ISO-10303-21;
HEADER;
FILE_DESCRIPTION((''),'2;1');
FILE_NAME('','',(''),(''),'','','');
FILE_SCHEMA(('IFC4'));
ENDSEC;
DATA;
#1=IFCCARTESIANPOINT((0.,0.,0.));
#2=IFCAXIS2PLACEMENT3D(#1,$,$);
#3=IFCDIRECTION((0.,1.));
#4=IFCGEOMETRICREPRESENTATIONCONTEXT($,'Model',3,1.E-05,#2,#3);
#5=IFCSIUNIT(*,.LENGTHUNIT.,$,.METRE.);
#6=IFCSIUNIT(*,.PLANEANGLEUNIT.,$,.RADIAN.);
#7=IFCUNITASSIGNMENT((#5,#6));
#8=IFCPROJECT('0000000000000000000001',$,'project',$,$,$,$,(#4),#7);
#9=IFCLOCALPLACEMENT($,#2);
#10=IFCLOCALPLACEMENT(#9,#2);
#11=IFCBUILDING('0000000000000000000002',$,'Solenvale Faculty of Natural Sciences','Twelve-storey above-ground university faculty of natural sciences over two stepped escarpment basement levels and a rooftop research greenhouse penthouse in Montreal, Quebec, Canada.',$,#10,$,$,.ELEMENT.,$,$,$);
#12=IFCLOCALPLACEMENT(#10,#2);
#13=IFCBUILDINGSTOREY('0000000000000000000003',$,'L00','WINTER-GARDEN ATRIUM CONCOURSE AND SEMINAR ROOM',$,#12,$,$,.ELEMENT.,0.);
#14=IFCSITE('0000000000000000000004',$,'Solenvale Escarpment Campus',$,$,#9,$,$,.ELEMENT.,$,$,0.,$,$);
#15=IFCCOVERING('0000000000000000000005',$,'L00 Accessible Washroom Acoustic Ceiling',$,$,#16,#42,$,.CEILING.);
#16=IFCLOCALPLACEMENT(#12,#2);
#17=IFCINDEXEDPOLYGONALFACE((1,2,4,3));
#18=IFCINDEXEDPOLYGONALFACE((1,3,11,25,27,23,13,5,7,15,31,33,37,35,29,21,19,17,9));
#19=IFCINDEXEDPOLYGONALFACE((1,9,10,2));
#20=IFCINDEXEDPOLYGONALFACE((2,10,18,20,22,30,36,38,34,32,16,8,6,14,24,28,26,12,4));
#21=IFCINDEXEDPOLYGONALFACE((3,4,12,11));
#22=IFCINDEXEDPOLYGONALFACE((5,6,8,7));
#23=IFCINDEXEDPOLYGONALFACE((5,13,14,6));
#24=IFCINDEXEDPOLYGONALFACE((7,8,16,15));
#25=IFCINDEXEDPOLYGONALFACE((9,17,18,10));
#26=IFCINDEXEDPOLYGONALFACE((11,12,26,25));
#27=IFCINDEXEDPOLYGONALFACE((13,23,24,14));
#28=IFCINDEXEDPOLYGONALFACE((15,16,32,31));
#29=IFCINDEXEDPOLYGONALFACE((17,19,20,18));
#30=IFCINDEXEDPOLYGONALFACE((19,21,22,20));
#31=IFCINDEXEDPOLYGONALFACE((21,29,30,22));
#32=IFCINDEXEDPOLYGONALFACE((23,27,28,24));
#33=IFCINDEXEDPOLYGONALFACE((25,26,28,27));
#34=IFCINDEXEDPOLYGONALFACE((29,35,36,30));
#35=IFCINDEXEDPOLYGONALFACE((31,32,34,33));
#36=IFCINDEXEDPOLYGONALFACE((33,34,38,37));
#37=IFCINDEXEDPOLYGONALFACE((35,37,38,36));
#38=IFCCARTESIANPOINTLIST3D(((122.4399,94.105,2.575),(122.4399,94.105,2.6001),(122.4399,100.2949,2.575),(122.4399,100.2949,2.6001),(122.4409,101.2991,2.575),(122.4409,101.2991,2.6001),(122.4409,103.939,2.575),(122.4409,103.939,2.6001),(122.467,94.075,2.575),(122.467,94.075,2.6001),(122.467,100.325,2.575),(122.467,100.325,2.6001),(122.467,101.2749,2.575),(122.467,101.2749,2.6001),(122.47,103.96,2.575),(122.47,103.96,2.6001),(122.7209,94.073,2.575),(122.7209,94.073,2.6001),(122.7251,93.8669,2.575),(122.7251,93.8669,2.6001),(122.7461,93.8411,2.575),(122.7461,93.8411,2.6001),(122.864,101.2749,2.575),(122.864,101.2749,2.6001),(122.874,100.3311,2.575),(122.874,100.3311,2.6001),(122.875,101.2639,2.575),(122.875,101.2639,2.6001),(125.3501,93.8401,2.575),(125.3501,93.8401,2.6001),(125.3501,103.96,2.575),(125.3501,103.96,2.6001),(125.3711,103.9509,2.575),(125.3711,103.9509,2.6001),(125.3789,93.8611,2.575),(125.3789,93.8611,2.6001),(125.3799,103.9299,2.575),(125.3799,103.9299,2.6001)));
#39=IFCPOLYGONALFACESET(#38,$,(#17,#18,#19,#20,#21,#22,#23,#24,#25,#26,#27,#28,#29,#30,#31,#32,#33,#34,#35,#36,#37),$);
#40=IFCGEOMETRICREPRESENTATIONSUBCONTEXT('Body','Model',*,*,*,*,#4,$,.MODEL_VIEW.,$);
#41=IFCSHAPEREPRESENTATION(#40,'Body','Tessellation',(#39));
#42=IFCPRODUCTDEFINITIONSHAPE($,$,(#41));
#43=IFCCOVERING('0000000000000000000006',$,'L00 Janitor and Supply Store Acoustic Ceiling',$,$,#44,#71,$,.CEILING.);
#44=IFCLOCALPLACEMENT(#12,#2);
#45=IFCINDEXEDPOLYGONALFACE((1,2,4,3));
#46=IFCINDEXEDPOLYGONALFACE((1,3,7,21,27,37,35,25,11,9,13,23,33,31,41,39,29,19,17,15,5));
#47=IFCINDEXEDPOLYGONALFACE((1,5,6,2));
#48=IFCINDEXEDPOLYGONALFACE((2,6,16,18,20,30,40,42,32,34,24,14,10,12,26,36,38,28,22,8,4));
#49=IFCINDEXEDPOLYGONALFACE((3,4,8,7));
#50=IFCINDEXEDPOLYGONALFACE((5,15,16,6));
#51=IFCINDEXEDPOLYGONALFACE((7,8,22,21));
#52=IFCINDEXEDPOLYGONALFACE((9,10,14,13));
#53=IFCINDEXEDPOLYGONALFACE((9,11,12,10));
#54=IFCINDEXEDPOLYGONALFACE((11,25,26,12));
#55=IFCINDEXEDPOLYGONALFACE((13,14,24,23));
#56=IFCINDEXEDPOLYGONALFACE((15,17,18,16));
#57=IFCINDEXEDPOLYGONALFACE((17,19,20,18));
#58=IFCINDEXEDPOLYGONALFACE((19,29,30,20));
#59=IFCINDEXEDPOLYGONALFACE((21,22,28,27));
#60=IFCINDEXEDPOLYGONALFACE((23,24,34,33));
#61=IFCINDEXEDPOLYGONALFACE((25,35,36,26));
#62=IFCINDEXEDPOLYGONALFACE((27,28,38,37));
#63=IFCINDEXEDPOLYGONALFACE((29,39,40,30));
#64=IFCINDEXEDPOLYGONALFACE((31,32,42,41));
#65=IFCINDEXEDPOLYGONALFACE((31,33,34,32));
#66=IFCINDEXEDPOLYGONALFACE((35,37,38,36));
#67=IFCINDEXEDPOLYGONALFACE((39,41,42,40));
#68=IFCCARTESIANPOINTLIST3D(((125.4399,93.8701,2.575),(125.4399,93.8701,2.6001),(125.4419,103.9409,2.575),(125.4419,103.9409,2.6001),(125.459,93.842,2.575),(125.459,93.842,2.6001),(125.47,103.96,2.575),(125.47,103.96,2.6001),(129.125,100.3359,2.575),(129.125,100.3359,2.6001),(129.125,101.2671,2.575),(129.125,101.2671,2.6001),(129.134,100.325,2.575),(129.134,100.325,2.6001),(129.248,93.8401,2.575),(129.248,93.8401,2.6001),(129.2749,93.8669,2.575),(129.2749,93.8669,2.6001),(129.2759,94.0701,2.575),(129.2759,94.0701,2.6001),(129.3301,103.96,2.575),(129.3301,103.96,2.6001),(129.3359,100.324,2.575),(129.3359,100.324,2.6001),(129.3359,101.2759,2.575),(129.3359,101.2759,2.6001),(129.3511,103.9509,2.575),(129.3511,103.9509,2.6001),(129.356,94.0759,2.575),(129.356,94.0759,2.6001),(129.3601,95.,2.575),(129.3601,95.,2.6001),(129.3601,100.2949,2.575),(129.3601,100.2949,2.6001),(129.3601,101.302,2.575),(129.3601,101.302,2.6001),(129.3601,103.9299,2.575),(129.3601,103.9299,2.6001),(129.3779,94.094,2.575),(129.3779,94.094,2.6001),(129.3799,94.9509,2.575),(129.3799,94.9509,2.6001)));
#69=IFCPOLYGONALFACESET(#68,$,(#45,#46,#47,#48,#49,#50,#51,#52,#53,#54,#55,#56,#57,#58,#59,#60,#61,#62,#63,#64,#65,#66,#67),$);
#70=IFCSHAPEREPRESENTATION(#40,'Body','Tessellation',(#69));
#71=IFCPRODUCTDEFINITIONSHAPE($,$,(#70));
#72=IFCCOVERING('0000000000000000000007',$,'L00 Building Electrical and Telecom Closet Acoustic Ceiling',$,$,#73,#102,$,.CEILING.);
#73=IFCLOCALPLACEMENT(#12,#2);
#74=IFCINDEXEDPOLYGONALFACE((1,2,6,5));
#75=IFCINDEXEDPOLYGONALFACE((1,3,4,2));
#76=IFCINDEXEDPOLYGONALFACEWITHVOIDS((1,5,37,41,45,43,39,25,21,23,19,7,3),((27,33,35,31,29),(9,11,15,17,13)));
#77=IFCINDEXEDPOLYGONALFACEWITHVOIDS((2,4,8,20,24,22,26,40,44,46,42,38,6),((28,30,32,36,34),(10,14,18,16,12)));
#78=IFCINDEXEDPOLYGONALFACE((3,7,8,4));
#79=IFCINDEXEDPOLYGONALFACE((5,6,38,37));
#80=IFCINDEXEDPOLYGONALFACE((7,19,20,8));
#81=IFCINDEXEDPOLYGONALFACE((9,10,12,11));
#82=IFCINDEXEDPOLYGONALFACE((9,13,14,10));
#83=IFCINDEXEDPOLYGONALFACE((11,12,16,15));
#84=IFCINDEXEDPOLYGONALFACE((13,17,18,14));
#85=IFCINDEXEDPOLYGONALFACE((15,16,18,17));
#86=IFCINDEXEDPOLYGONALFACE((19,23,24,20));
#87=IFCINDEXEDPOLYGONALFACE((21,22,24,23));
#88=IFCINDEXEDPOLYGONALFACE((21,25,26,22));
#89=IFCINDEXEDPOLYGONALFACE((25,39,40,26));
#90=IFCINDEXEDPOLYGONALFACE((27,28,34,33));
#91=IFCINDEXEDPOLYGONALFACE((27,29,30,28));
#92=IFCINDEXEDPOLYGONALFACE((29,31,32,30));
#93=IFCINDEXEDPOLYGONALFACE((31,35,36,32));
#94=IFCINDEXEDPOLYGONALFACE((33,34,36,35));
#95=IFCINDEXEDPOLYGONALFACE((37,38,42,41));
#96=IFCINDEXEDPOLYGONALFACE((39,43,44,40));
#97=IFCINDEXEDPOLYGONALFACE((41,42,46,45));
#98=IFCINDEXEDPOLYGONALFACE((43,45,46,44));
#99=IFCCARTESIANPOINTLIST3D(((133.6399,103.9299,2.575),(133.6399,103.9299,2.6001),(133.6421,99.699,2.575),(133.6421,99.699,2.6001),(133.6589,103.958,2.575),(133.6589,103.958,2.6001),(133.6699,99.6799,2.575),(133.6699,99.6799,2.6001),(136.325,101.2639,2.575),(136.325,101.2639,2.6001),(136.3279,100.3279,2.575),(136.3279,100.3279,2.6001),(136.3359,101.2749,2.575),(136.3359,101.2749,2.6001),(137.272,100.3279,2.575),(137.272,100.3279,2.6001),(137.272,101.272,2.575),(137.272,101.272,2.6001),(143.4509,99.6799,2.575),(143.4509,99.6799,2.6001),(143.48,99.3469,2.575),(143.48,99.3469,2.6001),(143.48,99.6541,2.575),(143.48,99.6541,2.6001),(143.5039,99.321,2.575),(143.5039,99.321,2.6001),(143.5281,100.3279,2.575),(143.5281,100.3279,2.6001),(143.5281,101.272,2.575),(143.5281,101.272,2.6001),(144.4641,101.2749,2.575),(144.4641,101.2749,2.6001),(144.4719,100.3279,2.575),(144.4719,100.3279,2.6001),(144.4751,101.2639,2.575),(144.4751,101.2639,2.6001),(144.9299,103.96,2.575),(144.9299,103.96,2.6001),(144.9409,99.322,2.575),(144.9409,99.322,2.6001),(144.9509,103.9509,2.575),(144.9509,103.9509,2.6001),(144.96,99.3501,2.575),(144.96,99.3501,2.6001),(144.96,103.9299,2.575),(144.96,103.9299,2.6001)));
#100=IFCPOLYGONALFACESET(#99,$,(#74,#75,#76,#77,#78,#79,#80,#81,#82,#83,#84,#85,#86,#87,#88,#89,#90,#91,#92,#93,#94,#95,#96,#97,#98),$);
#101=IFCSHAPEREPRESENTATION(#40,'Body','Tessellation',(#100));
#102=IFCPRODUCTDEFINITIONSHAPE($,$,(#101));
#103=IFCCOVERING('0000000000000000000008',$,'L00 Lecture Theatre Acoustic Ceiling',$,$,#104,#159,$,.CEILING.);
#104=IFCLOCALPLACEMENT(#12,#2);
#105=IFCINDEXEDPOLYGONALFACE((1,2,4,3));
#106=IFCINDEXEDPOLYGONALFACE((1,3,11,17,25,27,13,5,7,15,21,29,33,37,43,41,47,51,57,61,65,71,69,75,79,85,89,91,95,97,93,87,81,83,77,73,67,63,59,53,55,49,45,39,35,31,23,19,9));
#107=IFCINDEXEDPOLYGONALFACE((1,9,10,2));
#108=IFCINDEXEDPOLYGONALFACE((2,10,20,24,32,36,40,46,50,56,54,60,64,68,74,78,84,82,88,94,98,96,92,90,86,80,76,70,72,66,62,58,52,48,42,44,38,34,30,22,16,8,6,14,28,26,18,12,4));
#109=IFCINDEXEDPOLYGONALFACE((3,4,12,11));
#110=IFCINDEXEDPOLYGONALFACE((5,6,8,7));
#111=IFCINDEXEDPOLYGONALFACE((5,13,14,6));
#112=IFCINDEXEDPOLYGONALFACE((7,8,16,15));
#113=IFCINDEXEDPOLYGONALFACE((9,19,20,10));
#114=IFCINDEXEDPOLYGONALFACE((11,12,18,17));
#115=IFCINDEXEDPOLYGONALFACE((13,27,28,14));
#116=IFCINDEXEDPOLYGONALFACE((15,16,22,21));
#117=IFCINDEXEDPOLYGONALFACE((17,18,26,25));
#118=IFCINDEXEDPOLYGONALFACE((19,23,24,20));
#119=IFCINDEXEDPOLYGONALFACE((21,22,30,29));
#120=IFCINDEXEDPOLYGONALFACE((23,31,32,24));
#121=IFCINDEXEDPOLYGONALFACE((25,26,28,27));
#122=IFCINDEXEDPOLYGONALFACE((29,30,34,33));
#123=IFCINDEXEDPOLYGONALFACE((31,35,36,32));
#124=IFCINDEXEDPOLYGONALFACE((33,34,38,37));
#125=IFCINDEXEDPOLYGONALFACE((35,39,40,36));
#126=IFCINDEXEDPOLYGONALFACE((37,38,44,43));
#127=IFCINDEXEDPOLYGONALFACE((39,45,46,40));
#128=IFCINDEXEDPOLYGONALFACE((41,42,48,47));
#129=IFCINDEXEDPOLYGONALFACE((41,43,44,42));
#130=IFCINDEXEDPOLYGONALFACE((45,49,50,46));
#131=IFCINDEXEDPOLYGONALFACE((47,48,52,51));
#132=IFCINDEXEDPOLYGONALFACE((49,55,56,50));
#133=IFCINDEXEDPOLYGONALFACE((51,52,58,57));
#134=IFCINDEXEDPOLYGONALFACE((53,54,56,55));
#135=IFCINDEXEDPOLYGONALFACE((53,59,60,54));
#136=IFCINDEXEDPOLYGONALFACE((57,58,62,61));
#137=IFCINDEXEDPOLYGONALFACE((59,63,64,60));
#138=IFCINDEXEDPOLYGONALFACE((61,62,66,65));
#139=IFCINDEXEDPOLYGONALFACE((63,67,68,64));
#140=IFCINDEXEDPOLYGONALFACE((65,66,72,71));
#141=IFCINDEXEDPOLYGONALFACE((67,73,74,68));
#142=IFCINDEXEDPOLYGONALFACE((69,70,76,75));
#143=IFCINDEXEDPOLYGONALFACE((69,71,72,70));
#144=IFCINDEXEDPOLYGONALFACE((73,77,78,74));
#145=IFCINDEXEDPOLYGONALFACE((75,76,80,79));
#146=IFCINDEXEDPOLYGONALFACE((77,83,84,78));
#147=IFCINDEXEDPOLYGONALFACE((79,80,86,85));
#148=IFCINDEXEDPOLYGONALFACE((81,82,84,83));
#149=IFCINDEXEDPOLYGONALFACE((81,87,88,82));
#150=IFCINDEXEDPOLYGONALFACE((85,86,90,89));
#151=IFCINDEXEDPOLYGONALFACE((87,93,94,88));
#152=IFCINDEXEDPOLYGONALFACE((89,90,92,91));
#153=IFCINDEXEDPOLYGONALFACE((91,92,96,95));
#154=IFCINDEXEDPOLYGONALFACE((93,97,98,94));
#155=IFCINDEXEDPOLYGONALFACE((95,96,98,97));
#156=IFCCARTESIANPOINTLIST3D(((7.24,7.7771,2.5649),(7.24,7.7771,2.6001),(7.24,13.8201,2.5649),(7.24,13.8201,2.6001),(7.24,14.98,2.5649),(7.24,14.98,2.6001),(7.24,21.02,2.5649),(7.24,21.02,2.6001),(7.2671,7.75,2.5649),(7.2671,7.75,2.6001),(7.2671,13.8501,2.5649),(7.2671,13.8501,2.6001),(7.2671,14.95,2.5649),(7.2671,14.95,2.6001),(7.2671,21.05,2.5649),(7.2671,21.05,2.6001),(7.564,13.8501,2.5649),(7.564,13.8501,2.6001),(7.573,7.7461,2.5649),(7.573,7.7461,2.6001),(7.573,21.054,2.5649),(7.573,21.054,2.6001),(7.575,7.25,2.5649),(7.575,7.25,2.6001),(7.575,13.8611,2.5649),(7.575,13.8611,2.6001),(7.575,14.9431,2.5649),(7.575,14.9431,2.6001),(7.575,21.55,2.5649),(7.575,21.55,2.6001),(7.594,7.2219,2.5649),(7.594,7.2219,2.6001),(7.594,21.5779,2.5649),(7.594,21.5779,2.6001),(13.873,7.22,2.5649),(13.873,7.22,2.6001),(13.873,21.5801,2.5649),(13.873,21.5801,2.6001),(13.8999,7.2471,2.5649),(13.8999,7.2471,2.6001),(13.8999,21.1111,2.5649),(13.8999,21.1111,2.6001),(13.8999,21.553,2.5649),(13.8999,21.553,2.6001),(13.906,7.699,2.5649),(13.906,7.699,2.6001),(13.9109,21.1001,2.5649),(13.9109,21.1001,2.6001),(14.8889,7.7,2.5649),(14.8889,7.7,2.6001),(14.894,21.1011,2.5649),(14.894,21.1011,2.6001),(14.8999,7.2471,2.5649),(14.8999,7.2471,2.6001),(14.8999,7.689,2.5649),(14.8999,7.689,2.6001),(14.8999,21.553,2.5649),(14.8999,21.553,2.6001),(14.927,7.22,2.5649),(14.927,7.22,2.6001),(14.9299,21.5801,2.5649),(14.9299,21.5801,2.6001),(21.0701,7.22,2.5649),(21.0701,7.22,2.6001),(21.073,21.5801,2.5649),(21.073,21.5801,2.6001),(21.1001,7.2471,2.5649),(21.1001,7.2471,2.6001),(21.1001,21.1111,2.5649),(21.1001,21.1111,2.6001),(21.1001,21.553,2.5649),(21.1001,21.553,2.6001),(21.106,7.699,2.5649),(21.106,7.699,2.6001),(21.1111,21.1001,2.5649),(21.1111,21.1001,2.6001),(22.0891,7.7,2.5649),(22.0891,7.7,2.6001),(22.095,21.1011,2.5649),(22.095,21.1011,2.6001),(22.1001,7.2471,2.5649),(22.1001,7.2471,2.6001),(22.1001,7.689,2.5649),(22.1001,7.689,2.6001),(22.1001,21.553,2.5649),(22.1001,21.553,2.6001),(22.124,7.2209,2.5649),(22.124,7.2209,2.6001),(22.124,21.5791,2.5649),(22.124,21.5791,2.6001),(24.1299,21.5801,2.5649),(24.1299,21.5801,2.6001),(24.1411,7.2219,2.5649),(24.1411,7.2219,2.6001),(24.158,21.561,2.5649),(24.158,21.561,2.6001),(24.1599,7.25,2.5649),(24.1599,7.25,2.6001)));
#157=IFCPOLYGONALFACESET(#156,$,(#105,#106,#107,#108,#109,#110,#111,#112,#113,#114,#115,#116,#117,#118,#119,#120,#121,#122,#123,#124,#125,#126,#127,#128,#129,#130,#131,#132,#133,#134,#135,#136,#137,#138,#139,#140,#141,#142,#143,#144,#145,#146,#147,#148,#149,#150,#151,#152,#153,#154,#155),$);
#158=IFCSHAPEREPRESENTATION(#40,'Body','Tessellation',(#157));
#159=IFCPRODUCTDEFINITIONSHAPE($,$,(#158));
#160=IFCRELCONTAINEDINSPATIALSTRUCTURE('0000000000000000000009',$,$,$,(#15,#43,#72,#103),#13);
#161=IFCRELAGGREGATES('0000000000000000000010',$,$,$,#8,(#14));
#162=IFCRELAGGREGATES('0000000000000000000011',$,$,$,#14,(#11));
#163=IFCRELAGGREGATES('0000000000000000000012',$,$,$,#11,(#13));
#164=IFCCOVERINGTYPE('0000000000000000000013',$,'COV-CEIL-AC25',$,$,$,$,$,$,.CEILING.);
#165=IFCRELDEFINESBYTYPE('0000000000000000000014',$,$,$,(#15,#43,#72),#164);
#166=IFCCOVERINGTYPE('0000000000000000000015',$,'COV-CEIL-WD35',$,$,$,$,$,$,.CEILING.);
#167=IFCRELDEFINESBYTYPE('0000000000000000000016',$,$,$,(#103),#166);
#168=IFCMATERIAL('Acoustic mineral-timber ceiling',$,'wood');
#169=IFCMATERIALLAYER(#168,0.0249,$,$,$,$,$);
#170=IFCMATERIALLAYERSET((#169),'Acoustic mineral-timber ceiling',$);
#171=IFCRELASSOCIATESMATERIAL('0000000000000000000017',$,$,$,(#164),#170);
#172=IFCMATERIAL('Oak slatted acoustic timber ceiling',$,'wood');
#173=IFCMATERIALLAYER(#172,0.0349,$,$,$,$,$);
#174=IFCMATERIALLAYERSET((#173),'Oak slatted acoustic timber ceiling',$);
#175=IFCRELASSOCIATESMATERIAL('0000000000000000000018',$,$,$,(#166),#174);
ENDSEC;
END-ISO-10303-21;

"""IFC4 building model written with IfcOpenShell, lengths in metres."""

from ifc_helpers import new_model, si_unit, direction, frame, origin, place, context, subcontext, project, spatial, polyline, outline, extrude, material, layer, layer_set, type_object, element, save


model = new_model("IFC4")

# Units and contexts
model_context = context("Model", 3, precision=1e-05, world=origin(), true_north=direction((0.0, 1.0)))
body_context = subcontext(model_context, "Body", "Model", "MODEL_VIEW")
ifc_project = project(units=[si_unit("LENGTHUNIT", "METRE"), si_unit("PLANEANGLEUNIT", "RADIAN")], contexts=[model_context])

# Site, building, storey
site_placement = place(None, origin())
site = spatial("IfcSite", under=ifc_project, at=site_placement, Name="Solenvale Escarpment Campus", CompositionType="ELEMENT", RefElevation=0.0)
building_placement = place(site_placement, origin())
building = spatial("IfcBuilding", under=site, at=building_placement, Name="Solenvale Faculty of Natural Sciences", Description="Twelve-storey above-ground university faculty of natural sciences over two stepped escarpment basement levels and a rooftop research greenhouse penthouse in Montreal, Quebec, Canada.", CompositionType="ELEMENT")
storey_placement = place(building_placement, origin())
storey = spatial("IfcBuildingStorey", under=building, at=storey_placement, Name="L00", Description="WINTER-GARDEN ATRIUM CONCOURSE AND SEMINAR ROOM", CompositionType="ELEMENT", Elevation=0.0)

# Coverings
ifc_material_1 = material(Name="Acoustic mineral-timber ceiling", Category="wood")
ifc_layer_1 = layer(ifc_material_1, 0.0249)
ifc_layer_set_1 = layer_set([ifc_layer_1], Name="Acoustic mineral-timber ceiling")
covering_type_1 = type_object("IfcCoveringType", Name="COV-CEIL-AC25", PredefinedType="CEILING", material=ifc_layer_set_1)
covering_1_placement = place(storey_placement, frame((0.0, 0.0, 2.575)))
element("IfcCovering", 1, at=covering_1_placement, inside=storey, type_object=covering_type_1, Name="L00 Accessible Washroom Acoustic Ceiling", PredefinedType="CEILING", context=body_context, shape_type="SweptSolid", body=[
    extrude(outline(polyline([(125.3501, 103.96), (125.3711, 103.9509), (125.3799, 103.9299), (125.3789, 93.8611), (125.3501, 93.8401), (122.7461, 93.8411), (122.7251, 93.8669), (122.7209, 94.073), (122.467, 94.075), (122.4399, 94.105), (122.4399, 100.2949), (122.467, 100.325), (122.874, 100.3311), (122.875, 101.2639), (122.864, 101.2749), (122.467, 101.2749), (122.4409, 101.2991), (122.4409, 103.939), (122.47, 103.96), (125.3501, 103.96)])), origin(), (0.0, 0.0, 1.0), 0.0251),
])
covering_2_placement = place(storey_placement, frame((0.0, 0.0, 2.575)))
element("IfcCovering", 2, at=covering_2_placement, inside=storey, type_object=covering_type_1, Name="L00 Janitor and Supply Store Acoustic Ceiling", PredefinedType="CEILING", context=body_context, shape_type="SweptSolid", body=[
    extrude(outline(polyline([(129.3301, 103.96), (129.3511, 103.9509), (129.3601, 103.9299), (129.3601, 101.302), (129.3359, 101.2759), (129.125, 101.2671), (129.125, 100.3359), (129.134, 100.325), (129.3359, 100.324), (129.3601, 100.2949), (129.3601, 95.0), (129.3799, 94.9509), (129.3779, 94.094), (129.356, 94.0759), (129.2759, 94.0701), (129.2749, 93.8669), (129.248, 93.8401), (125.459, 93.842), (125.4399, 93.8701), (125.4419, 103.9409), (125.47, 103.96), (129.3301, 103.96)])), origin(), (0.0, 0.0, 1.0), 0.0251),
])
covering_3_placement = place(storey_placement, frame((0.0, 0.0, 2.575)))
element("IfcCovering", 3, at=covering_3_placement, inside=storey, type_object=covering_type_1, Name="L00 Building Electrical and Telecom Closet Acoustic Ceiling", PredefinedType="CEILING", context=body_context, shape_type="SweptSolid", body=[
    extrude(outline(polyline([(144.9299, 103.96), (144.9509, 103.9509), (144.96, 103.9299), (144.96, 99.3501), (144.9409, 99.322), (143.5039, 99.321), (143.48, 99.3469), (143.48, 99.6541), (143.4509, 99.6799), (133.6699, 99.6799), (133.6421, 99.699), (133.6399, 103.9299), (133.6589, 103.958), (144.9299, 103.96)]), holes=[polyline([(144.4751, 101.2639), (144.4641, 101.2749), (143.5281, 101.272), (143.5281, 100.3279), (144.4719, 100.3279), (144.4751, 101.2639)]), polyline([(136.3359, 101.2749), (136.325, 101.2639), (136.3279, 100.3279), (137.272, 100.3279), (137.272, 101.272), (136.3359, 101.2749)])]), origin(), (0.0, 0.0, 1.0), 0.0251),
])
ifc_material_2 = material(Name="Oak slatted acoustic timber ceiling", Category="wood")
ifc_layer_2 = layer(ifc_material_2, 0.0349)
ifc_layer_set_2 = layer_set([ifc_layer_2], Name="Oak slatted acoustic timber ceiling")
covering_type_2 = type_object("IfcCoveringType", Name="COV-CEIL-WD35", PredefinedType="CEILING", material=ifc_layer_set_2)
covering_4_placement = place(storey_placement, frame((0.0, 0.0, 2.5649)))
element("IfcCovering", 4, at=covering_4_placement, inside=storey, type_object=covering_type_2, Name="L00 Lecture Theatre Acoustic Ceiling", PredefinedType="CEILING", context=body_context, shape_type="SweptSolid", body=[
    extrude(outline(polyline([(7.24, 13.8201), (7.2671, 13.8501), (7.564, 13.8501), (7.575, 13.8611), (7.575, 14.9431), (7.2671, 14.95), (7.24, 14.98), (7.24, 21.02), (7.2671, 21.05), (7.573, 21.054), (7.575, 21.55), (7.594, 21.5779), (13.873, 21.5801), (13.8999, 21.553), (13.8999, 21.1111), (13.9109, 21.1001), (14.894, 21.1011), (14.8999, 21.553), (14.9299, 21.5801), (21.073, 21.5801), (21.1001, 21.553), (21.1001, 21.1111), (21.1111, 21.1001), (22.095, 21.1011), (22.1001, 21.553), (22.124, 21.5791), (24.1299, 21.5801), (24.158, 21.561), (24.1599, 7.25), (24.1411, 7.2219), (22.124, 7.2209), (22.1001, 7.2471), (22.1001, 7.689), (22.0891, 7.7), (21.106, 7.699), (21.1001, 7.2471), (21.0701, 7.22), (14.927, 7.22), (14.8999, 7.2471), (14.8999, 7.689), (14.8889, 7.7), (13.906, 7.699), (13.8999, 7.2471), (13.873, 7.22), (7.594, 7.2219), (7.575, 7.25), (7.573, 7.7461), (7.2671, 7.75), (7.24, 7.7771), (7.24, 13.8201)])), origin(), (0.0, 0.0, 1.0), 0.0352),
])

save(model, "model.ifc")
